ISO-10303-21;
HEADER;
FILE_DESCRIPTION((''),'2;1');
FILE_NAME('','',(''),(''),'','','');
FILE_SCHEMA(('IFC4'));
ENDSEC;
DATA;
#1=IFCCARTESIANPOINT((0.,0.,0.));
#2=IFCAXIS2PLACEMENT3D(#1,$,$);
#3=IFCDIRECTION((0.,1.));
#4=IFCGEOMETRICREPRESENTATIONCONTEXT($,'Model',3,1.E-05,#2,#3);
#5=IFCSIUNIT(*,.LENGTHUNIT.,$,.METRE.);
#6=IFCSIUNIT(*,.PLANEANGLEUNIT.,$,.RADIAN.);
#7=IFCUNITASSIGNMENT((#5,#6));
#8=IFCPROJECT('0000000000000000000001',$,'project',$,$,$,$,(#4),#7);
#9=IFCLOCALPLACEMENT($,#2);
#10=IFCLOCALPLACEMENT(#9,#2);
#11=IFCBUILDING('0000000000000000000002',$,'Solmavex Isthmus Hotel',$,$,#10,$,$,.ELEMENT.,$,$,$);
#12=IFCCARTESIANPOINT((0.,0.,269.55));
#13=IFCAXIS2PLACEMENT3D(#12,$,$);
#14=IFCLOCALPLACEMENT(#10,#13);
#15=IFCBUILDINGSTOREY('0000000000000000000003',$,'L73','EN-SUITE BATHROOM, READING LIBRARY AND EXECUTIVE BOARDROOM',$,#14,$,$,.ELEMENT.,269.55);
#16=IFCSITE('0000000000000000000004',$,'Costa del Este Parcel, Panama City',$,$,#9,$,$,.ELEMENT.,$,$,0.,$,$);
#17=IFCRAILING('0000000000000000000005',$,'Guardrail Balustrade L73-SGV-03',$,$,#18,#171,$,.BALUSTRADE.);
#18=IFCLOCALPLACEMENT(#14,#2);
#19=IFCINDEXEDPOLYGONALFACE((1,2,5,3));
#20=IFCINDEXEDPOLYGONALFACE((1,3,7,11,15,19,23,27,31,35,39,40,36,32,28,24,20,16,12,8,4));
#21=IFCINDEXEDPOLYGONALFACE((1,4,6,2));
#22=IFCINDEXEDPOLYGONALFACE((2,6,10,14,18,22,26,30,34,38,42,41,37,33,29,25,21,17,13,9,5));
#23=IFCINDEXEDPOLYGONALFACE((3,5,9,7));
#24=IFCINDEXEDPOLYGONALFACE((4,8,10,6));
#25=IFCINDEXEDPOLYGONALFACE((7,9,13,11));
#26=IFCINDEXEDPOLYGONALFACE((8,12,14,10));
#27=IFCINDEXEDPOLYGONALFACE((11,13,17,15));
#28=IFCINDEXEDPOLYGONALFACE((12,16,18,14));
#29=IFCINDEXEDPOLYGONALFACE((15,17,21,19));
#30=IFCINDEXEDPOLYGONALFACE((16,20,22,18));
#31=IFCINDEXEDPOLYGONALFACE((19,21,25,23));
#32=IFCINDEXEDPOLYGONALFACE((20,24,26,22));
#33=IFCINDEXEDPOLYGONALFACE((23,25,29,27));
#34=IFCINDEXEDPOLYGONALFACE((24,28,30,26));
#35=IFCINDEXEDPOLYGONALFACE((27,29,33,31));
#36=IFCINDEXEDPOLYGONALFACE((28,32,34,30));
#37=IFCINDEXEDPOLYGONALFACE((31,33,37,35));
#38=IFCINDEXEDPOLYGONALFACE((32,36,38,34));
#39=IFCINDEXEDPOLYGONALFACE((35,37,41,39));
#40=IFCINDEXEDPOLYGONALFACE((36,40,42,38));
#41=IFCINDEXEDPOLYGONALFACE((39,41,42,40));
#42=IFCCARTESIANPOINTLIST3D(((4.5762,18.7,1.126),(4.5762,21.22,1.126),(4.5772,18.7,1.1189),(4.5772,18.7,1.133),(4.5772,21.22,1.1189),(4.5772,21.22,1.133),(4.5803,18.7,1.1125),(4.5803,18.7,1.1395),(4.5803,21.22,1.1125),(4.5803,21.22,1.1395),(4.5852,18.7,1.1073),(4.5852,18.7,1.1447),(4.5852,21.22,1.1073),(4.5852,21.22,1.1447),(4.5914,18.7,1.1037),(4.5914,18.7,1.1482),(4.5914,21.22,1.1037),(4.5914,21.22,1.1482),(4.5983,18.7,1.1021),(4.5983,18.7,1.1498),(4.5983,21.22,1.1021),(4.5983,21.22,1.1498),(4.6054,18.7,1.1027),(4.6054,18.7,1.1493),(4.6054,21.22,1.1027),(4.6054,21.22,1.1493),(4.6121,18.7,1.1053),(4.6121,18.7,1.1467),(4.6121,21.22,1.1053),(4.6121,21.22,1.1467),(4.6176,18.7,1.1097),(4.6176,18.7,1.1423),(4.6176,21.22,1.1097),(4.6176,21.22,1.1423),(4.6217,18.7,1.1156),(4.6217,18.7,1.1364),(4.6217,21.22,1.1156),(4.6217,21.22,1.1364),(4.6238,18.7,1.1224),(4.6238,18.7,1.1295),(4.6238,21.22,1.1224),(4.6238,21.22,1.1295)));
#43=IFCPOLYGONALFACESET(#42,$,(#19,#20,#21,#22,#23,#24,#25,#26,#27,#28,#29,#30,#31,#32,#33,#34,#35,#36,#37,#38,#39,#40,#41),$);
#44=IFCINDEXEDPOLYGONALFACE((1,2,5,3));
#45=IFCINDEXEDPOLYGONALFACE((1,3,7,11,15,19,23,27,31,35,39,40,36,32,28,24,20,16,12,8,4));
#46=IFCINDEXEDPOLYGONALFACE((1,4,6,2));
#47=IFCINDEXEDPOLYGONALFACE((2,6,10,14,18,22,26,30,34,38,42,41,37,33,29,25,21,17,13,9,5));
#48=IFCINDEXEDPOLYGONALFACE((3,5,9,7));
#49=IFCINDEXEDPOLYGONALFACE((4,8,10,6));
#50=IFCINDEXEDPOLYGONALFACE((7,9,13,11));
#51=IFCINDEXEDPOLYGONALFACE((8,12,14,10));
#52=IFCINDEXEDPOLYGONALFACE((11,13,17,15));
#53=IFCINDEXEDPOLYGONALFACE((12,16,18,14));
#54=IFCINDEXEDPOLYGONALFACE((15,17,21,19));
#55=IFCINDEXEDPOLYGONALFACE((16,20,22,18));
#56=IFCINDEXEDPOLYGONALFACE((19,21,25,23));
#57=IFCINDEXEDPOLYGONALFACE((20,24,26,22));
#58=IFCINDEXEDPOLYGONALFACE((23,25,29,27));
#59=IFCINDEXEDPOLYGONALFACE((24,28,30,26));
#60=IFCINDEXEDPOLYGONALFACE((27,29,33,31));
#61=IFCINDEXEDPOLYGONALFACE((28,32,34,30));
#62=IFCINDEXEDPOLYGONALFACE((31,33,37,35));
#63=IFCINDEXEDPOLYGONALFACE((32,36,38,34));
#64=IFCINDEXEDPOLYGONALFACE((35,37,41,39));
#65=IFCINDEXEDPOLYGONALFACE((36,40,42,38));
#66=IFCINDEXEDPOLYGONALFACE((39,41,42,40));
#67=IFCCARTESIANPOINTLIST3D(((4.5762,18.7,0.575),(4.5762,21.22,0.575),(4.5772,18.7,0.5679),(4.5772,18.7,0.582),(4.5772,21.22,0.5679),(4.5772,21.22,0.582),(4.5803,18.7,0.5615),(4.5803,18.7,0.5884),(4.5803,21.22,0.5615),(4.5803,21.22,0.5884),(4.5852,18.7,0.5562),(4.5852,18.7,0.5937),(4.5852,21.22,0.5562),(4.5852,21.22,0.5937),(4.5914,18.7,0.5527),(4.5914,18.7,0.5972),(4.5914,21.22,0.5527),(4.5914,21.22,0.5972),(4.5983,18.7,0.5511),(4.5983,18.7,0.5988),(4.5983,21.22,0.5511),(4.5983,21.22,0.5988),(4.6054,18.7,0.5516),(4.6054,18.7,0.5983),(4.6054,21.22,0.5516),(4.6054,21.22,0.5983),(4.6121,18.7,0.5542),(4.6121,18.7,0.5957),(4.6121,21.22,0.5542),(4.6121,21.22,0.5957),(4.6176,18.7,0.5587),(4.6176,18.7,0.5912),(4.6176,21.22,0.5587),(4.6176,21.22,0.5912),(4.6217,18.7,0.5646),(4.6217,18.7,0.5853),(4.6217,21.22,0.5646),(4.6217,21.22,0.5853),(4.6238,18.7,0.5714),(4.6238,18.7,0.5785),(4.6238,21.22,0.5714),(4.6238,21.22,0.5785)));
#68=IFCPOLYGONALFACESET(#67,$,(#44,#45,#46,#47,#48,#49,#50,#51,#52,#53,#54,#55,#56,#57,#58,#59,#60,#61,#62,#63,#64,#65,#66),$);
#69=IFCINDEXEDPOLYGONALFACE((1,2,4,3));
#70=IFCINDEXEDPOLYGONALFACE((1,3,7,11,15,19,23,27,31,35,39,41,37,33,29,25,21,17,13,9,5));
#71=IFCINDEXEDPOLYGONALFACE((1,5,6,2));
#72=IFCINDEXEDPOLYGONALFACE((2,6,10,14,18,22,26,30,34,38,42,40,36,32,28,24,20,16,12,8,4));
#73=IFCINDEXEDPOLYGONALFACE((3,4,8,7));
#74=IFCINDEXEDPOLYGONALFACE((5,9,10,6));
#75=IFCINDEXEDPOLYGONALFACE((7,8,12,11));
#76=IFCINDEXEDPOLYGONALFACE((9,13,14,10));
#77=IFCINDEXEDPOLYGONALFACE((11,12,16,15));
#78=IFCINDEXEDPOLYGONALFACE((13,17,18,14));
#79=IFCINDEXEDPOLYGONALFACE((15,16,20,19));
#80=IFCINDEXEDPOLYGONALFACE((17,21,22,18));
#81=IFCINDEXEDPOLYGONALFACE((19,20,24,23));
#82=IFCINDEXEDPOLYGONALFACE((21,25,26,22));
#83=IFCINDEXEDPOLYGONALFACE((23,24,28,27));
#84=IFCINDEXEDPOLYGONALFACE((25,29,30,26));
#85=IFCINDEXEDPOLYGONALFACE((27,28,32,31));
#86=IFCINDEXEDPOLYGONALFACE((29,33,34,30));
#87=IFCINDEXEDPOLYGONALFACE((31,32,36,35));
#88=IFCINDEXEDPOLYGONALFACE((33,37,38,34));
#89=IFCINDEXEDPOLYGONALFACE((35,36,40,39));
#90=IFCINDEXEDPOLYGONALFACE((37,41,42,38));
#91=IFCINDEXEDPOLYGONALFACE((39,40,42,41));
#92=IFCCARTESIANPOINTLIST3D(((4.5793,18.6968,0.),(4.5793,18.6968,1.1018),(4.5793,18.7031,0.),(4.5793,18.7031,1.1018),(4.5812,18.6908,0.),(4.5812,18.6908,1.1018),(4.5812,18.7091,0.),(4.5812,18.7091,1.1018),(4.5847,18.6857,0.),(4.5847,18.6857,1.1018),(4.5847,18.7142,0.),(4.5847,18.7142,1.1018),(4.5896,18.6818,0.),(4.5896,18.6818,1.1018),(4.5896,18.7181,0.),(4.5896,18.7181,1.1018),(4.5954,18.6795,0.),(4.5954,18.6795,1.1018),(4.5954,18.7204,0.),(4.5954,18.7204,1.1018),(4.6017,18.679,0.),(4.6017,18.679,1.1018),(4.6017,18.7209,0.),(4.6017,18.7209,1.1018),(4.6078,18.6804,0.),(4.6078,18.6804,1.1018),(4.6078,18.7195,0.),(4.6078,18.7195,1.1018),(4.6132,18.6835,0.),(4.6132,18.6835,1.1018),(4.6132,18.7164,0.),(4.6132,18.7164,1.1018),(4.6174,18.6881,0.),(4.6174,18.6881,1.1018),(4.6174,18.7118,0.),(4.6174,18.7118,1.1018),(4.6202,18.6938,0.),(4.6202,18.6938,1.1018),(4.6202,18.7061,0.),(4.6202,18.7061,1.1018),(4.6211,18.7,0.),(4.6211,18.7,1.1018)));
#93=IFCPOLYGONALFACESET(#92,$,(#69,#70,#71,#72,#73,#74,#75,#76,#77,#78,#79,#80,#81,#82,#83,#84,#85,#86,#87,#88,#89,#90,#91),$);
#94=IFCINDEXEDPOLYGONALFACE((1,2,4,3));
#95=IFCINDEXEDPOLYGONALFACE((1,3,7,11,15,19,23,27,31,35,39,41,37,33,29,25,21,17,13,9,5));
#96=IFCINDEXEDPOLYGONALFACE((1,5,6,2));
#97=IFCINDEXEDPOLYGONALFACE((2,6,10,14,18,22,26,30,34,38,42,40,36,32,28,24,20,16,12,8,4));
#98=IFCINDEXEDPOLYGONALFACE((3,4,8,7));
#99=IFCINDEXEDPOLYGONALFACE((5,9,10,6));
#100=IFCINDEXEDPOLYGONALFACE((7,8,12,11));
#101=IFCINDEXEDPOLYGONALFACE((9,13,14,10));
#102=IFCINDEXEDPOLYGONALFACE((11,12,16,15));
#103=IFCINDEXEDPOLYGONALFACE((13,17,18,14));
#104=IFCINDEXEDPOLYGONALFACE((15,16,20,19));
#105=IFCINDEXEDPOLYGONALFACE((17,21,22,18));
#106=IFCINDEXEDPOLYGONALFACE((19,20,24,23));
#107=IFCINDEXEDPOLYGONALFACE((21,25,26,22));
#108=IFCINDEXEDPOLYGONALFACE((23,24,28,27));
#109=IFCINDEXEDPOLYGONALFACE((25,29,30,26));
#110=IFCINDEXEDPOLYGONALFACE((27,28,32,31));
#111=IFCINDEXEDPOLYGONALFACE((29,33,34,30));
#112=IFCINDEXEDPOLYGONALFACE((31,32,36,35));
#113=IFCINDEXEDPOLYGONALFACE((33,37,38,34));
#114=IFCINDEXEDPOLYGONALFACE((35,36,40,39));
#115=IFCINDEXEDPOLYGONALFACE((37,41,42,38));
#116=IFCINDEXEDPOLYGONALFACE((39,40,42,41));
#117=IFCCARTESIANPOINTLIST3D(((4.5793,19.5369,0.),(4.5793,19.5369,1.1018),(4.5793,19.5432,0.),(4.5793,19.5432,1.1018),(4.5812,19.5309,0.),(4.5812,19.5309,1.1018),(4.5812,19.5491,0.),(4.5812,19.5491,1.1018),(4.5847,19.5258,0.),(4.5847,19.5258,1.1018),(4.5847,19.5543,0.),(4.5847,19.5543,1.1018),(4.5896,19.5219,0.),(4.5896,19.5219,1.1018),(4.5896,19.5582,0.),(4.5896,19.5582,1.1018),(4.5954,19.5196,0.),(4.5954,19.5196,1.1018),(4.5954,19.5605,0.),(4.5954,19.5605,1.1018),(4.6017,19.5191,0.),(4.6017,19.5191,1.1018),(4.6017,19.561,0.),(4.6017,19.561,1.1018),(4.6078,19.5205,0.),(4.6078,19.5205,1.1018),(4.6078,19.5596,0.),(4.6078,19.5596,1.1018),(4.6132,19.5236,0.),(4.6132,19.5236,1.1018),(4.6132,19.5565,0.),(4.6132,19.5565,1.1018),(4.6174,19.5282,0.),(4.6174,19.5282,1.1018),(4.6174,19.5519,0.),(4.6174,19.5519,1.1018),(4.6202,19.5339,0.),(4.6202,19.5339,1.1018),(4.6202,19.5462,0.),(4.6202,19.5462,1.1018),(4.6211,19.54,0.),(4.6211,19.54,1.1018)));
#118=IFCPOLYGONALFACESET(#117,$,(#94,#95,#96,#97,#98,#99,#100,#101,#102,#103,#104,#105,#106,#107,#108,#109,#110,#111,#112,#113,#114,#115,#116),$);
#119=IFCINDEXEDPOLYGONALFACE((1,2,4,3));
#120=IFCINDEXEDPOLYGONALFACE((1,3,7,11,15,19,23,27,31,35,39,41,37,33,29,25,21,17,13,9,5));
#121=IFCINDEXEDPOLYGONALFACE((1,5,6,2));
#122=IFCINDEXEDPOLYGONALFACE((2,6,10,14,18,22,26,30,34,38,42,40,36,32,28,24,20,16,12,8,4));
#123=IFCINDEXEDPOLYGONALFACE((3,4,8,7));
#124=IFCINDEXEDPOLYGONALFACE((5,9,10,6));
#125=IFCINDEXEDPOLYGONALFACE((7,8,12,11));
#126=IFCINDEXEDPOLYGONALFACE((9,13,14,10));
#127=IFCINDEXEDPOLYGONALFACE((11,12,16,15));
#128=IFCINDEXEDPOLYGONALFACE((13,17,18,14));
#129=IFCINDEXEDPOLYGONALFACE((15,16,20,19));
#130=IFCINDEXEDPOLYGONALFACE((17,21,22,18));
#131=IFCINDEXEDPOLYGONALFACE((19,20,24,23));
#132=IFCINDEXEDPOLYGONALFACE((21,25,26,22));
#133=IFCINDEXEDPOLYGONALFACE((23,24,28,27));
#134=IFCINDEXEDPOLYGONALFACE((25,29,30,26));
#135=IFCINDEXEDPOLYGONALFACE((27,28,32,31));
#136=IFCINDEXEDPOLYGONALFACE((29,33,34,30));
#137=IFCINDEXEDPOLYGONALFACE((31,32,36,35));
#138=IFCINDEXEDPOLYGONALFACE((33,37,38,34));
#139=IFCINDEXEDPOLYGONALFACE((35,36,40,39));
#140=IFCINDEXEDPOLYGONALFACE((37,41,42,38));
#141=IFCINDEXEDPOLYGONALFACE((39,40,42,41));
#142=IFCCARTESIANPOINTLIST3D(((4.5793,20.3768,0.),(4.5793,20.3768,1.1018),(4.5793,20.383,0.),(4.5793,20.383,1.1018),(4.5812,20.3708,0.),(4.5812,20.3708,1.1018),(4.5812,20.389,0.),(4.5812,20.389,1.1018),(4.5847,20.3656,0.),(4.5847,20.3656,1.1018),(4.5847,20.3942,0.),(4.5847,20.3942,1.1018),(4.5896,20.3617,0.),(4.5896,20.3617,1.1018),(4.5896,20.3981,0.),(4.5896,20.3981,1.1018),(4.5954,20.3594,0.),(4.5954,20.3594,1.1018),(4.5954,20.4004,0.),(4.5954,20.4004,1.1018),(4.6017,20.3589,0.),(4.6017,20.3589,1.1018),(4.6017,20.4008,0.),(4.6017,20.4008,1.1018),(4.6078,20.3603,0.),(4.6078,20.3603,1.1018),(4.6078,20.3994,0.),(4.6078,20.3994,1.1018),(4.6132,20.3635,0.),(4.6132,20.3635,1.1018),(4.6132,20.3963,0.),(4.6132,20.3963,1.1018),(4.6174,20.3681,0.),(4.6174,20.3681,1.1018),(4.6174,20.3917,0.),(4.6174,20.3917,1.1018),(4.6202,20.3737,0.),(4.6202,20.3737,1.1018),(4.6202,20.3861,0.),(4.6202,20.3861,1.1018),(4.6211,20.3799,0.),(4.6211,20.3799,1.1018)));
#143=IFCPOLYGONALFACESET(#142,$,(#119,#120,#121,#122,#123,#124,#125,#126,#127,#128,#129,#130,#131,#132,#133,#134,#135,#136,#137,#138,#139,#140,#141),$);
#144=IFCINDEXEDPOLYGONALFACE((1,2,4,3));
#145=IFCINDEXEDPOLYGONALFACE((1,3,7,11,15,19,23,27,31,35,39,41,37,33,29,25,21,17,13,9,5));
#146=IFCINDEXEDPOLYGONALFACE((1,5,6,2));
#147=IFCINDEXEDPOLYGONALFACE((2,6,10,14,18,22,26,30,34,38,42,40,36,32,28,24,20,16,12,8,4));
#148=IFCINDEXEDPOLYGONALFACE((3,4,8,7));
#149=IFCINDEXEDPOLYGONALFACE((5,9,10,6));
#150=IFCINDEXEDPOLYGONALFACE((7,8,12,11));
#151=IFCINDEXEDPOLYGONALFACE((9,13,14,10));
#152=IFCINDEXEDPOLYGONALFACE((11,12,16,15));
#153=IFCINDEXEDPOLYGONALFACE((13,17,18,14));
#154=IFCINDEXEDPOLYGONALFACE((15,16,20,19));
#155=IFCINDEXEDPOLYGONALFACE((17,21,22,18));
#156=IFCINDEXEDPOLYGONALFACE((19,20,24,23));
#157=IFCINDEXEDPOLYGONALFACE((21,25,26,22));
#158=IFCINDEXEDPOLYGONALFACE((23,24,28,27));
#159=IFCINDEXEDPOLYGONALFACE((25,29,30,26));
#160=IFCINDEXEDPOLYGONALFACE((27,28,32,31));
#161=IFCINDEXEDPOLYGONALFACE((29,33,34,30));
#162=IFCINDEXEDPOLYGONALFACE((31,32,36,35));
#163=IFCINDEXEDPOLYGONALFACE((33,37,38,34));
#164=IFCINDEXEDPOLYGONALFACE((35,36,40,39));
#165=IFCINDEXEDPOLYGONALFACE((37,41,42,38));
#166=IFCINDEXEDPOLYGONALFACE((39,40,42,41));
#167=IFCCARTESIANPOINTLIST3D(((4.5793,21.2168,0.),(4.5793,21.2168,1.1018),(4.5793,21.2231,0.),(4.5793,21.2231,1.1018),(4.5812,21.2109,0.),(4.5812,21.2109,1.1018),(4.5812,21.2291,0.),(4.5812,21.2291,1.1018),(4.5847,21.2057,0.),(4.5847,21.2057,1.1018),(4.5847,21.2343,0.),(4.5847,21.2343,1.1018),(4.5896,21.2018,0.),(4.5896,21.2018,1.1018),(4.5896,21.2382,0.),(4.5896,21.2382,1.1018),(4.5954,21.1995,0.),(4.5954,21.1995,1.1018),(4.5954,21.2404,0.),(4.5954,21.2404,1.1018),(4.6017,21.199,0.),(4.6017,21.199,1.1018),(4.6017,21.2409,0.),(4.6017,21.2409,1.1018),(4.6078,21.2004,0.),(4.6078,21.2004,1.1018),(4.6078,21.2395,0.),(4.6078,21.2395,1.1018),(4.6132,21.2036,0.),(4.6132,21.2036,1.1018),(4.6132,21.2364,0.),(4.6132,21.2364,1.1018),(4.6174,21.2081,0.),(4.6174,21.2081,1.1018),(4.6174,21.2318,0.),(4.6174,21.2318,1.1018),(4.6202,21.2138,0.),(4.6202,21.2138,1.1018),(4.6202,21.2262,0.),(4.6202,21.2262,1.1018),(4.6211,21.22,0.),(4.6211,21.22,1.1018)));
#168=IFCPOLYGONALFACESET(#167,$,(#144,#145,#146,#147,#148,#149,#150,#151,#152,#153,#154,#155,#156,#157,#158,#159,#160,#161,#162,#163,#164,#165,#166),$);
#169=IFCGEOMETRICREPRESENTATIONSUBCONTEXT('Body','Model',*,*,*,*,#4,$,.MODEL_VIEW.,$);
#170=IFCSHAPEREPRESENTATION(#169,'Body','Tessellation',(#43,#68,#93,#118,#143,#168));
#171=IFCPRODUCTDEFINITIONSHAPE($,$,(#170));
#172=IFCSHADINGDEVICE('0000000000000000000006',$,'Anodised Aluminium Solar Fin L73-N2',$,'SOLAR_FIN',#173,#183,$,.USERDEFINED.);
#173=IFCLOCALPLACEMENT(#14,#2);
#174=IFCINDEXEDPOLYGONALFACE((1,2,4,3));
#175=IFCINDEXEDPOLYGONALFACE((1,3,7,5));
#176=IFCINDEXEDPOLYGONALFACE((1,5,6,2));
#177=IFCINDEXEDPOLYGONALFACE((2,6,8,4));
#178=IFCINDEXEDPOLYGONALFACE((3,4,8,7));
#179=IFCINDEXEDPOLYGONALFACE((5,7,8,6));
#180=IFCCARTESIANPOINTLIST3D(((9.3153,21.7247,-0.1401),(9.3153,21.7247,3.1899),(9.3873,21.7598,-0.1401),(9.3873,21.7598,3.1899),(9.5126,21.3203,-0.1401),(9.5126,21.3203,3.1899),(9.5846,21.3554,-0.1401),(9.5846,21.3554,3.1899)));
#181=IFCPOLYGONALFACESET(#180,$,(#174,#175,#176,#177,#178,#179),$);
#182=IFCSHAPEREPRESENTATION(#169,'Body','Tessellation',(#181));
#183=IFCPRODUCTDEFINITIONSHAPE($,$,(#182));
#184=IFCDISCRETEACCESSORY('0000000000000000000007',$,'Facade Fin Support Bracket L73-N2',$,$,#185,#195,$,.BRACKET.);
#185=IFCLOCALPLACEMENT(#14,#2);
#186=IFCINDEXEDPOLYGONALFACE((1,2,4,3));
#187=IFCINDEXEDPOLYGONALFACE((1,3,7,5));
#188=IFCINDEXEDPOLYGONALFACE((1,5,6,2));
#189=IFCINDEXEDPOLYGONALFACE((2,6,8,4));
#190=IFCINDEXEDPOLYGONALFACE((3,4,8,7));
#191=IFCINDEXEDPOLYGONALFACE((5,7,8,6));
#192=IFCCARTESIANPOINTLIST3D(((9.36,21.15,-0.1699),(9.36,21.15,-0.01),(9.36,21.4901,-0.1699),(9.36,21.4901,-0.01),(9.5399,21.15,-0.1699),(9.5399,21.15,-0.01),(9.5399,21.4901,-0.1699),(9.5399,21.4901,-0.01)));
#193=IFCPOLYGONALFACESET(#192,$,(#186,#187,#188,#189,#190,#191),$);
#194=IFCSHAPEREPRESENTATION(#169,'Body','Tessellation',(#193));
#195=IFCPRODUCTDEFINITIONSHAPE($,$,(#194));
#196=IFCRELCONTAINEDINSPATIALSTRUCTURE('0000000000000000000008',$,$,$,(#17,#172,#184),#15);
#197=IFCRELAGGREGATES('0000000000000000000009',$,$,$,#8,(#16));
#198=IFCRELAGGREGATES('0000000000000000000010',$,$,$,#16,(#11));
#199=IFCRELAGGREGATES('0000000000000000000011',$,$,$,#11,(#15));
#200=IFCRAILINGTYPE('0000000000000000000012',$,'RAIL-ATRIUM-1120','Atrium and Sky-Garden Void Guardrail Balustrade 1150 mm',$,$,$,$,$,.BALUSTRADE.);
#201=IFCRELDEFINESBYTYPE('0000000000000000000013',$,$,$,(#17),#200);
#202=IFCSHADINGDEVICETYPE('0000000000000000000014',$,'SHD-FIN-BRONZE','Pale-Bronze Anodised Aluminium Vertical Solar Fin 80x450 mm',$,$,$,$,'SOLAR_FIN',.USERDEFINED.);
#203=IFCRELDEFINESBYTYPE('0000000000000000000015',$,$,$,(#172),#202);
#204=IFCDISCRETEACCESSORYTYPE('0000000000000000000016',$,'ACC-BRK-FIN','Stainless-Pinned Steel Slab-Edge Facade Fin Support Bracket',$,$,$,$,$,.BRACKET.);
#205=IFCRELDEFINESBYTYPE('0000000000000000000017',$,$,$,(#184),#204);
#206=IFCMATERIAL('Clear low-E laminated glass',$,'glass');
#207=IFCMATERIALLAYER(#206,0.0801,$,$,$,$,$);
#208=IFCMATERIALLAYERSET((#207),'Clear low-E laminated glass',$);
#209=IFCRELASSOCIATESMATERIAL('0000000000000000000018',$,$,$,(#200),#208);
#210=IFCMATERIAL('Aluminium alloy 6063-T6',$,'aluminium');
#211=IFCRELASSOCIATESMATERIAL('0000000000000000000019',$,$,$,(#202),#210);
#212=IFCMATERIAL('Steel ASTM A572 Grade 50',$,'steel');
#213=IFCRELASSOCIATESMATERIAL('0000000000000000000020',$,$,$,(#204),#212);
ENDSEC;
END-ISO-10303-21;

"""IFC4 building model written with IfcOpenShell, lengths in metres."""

from ifc_helpers import new_model, si_unit, direction, frame, origin, origin_2d, place, context, subcontext, project, spatial, rectangle, circle, extrude, material, layer, layer_set, type_object, element, save


model = new_model("IFC4")

# Units and contexts
model_context = context("Model", 3, precision=1e-05, world=origin(), true_north=direction((0.0, 1.0)))
body_context = subcontext(model_context, "Body", "Model", "MODEL_VIEW")
ifc_project = project(units=[si_unit("LENGTHUNIT", "METRE"), si_unit("PLANEANGLEUNIT", "RADIAN")], contexts=[model_context])

# Site, building, storey
site_placement = place(None, origin())
site = spatial("IfcSite", under=ifc_project, at=site_placement, Name="Costa del Este Parcel, Panama City", CompositionType="ELEMENT", RefElevation=0.0)
building_placement = place(site_placement, origin())
building = spatial("IfcBuilding", under=site, at=building_placement, Name="Solmavex Isthmus Hotel", CompositionType="ELEMENT")
storey_placement = place(building_placement, frame((0.0, 0.0, 269.55)))
storey = spatial("IfcBuildingStorey", under=building, at=storey_placement, Name="L73", Description="EN-SUITE BATHROOM, READING LIBRARY AND EXECUTIVE BOARDROOM", CompositionType="ELEMENT", Elevation=269.55)

# Shared definitions
ifc_material_1 = material(Name="Aluminium alloy 6063-T6", Category="aluminium")

# Shared definitions
ifc_material_2 = material(Name="Clear low-E laminated glass", Category="glass")

# Railing
ifc_layer_1 = layer(ifc_material_2, 0.0801)
ifc_layer_set_1 = layer_set([ifc_layer_1], Name="Clear low-E laminated glass")
railing_type = type_object("IfcRailingType", Name="RAIL-ATRIUM-1120", Description="Atrium and Sky-Garden Void Guardrail Balustrade 1150 mm", PredefinedType="BALUSTRADE", material=ifc_layer_set_1)
railing_placement = place(storey_placement, frame((4.6001, 18.7, 0.0)))
element("IfcRailing", 1, at=railing_placement, inside=storey, type_object=railing_type, Name="Guardrail Balustrade L73-SGV-03", PredefinedType="BALUSTRADE", context=body_context, shape_type="SweptSolid", body=[
    extrude(circle(Radius=0.0239, at=origin_2d()), frame((0.0, 0.0, 1.126), z_axis=(0.0, 1.0, 0.0), x_axis=(-1.0, 0.0, 0.0)), (0.0, 0.0, 1.0), 2.52),
    extrude(circle(Radius=0.0239, at=origin_2d()), frame((0.0, 0.0, 0.575), z_axis=(0.0, 1.0, 0.0), x_axis=(-1.0, 0.0, 0.0)), (0.0, 0.0, 1.0), 2.52),
    extrude(circle(Radius=0.021, at=origin_2d()), origin(), (0.0, 0.0, 1.0), 1.1018),
    extrude(circle(Radius=0.021, at=origin_2d()), frame((0.0, 0.8401, 0.0)), (0.0, 0.0, 1.0), 1.1018),
    extrude(circle(Radius=0.021, at=origin_2d()), frame((0.0, 1.6799, 0.0)), (0.0, 0.0, 1.0), 1.1018),
    extrude(circle(Radius=0.021, at=origin_2d()), frame((0.0, 2.52, 0.0)), (0.0, 0.0, 1.0), 1.1018),
])

# Shading device
shading_device_type = type_object("IfcShadingDeviceType", Name="SHD-FIN-BRONZE", Description="Pale-Bronze Anodised Aluminium Vertical Solar Fin 80x450 mm", ElementType="SOLAR_FIN", PredefinedType="USERDEFINED", material=ifc_material_1)
shading_device_placement = place(storey_placement, frame((9.45, 21.54, -0.1401), z_axis=(0.0, 0.0, 1.0), x_axis=(-0.438371, 0.898794, 0.0)))
element("IfcShadingDevice", 2, at=shading_device_placement, inside=storey, type_object=shading_device_type, Name="Anodised Aluminium Solar Fin L73-N2", ObjectType="SOLAR_FIN", PredefinedType="USERDEFINED", context=body_context, shape_type="SweptSolid", body=[
    extrude(rectangle(XDim=0.45, YDim=0.0801, at=origin_2d()), origin(), (0.0, 0.0, 1.0), 3.3301),
])

# Discrete accessory
ifc_material_3 = material(Name="Steel ASTM A572 Grade 50", Category="steel")
discrete_accessory_type = type_object("IfcDiscreteAccessoryType", Name="ACC-BRK-FIN", Description="Stainless-Pinned Steel Slab-Edge Facade Fin Support Bracket", PredefinedType="BRACKET", material=ifc_material_3)
discrete_accessory_placement = place(storey_placement, frame((9.45, 21.3201, -0.1699), z_axis=(0.0, 0.0, 1.0), x_axis=(0.0, 1.0, 0.0)))
element("IfcDiscreteAccessory", 3, at=discrete_accessory_placement, inside=storey, type_object=discrete_accessory_type, Name="Facade Fin Support Bracket L73-N2", PredefinedType="BRACKET", context=body_context, shape_type="SweptSolid", body=[
    extrude(rectangle(XDim=0.3401, YDim=0.1799, at=origin_2d()), origin(), (0.0, 0.0, 1.0), 0.1599),
])

save(model, "model.ifc")
